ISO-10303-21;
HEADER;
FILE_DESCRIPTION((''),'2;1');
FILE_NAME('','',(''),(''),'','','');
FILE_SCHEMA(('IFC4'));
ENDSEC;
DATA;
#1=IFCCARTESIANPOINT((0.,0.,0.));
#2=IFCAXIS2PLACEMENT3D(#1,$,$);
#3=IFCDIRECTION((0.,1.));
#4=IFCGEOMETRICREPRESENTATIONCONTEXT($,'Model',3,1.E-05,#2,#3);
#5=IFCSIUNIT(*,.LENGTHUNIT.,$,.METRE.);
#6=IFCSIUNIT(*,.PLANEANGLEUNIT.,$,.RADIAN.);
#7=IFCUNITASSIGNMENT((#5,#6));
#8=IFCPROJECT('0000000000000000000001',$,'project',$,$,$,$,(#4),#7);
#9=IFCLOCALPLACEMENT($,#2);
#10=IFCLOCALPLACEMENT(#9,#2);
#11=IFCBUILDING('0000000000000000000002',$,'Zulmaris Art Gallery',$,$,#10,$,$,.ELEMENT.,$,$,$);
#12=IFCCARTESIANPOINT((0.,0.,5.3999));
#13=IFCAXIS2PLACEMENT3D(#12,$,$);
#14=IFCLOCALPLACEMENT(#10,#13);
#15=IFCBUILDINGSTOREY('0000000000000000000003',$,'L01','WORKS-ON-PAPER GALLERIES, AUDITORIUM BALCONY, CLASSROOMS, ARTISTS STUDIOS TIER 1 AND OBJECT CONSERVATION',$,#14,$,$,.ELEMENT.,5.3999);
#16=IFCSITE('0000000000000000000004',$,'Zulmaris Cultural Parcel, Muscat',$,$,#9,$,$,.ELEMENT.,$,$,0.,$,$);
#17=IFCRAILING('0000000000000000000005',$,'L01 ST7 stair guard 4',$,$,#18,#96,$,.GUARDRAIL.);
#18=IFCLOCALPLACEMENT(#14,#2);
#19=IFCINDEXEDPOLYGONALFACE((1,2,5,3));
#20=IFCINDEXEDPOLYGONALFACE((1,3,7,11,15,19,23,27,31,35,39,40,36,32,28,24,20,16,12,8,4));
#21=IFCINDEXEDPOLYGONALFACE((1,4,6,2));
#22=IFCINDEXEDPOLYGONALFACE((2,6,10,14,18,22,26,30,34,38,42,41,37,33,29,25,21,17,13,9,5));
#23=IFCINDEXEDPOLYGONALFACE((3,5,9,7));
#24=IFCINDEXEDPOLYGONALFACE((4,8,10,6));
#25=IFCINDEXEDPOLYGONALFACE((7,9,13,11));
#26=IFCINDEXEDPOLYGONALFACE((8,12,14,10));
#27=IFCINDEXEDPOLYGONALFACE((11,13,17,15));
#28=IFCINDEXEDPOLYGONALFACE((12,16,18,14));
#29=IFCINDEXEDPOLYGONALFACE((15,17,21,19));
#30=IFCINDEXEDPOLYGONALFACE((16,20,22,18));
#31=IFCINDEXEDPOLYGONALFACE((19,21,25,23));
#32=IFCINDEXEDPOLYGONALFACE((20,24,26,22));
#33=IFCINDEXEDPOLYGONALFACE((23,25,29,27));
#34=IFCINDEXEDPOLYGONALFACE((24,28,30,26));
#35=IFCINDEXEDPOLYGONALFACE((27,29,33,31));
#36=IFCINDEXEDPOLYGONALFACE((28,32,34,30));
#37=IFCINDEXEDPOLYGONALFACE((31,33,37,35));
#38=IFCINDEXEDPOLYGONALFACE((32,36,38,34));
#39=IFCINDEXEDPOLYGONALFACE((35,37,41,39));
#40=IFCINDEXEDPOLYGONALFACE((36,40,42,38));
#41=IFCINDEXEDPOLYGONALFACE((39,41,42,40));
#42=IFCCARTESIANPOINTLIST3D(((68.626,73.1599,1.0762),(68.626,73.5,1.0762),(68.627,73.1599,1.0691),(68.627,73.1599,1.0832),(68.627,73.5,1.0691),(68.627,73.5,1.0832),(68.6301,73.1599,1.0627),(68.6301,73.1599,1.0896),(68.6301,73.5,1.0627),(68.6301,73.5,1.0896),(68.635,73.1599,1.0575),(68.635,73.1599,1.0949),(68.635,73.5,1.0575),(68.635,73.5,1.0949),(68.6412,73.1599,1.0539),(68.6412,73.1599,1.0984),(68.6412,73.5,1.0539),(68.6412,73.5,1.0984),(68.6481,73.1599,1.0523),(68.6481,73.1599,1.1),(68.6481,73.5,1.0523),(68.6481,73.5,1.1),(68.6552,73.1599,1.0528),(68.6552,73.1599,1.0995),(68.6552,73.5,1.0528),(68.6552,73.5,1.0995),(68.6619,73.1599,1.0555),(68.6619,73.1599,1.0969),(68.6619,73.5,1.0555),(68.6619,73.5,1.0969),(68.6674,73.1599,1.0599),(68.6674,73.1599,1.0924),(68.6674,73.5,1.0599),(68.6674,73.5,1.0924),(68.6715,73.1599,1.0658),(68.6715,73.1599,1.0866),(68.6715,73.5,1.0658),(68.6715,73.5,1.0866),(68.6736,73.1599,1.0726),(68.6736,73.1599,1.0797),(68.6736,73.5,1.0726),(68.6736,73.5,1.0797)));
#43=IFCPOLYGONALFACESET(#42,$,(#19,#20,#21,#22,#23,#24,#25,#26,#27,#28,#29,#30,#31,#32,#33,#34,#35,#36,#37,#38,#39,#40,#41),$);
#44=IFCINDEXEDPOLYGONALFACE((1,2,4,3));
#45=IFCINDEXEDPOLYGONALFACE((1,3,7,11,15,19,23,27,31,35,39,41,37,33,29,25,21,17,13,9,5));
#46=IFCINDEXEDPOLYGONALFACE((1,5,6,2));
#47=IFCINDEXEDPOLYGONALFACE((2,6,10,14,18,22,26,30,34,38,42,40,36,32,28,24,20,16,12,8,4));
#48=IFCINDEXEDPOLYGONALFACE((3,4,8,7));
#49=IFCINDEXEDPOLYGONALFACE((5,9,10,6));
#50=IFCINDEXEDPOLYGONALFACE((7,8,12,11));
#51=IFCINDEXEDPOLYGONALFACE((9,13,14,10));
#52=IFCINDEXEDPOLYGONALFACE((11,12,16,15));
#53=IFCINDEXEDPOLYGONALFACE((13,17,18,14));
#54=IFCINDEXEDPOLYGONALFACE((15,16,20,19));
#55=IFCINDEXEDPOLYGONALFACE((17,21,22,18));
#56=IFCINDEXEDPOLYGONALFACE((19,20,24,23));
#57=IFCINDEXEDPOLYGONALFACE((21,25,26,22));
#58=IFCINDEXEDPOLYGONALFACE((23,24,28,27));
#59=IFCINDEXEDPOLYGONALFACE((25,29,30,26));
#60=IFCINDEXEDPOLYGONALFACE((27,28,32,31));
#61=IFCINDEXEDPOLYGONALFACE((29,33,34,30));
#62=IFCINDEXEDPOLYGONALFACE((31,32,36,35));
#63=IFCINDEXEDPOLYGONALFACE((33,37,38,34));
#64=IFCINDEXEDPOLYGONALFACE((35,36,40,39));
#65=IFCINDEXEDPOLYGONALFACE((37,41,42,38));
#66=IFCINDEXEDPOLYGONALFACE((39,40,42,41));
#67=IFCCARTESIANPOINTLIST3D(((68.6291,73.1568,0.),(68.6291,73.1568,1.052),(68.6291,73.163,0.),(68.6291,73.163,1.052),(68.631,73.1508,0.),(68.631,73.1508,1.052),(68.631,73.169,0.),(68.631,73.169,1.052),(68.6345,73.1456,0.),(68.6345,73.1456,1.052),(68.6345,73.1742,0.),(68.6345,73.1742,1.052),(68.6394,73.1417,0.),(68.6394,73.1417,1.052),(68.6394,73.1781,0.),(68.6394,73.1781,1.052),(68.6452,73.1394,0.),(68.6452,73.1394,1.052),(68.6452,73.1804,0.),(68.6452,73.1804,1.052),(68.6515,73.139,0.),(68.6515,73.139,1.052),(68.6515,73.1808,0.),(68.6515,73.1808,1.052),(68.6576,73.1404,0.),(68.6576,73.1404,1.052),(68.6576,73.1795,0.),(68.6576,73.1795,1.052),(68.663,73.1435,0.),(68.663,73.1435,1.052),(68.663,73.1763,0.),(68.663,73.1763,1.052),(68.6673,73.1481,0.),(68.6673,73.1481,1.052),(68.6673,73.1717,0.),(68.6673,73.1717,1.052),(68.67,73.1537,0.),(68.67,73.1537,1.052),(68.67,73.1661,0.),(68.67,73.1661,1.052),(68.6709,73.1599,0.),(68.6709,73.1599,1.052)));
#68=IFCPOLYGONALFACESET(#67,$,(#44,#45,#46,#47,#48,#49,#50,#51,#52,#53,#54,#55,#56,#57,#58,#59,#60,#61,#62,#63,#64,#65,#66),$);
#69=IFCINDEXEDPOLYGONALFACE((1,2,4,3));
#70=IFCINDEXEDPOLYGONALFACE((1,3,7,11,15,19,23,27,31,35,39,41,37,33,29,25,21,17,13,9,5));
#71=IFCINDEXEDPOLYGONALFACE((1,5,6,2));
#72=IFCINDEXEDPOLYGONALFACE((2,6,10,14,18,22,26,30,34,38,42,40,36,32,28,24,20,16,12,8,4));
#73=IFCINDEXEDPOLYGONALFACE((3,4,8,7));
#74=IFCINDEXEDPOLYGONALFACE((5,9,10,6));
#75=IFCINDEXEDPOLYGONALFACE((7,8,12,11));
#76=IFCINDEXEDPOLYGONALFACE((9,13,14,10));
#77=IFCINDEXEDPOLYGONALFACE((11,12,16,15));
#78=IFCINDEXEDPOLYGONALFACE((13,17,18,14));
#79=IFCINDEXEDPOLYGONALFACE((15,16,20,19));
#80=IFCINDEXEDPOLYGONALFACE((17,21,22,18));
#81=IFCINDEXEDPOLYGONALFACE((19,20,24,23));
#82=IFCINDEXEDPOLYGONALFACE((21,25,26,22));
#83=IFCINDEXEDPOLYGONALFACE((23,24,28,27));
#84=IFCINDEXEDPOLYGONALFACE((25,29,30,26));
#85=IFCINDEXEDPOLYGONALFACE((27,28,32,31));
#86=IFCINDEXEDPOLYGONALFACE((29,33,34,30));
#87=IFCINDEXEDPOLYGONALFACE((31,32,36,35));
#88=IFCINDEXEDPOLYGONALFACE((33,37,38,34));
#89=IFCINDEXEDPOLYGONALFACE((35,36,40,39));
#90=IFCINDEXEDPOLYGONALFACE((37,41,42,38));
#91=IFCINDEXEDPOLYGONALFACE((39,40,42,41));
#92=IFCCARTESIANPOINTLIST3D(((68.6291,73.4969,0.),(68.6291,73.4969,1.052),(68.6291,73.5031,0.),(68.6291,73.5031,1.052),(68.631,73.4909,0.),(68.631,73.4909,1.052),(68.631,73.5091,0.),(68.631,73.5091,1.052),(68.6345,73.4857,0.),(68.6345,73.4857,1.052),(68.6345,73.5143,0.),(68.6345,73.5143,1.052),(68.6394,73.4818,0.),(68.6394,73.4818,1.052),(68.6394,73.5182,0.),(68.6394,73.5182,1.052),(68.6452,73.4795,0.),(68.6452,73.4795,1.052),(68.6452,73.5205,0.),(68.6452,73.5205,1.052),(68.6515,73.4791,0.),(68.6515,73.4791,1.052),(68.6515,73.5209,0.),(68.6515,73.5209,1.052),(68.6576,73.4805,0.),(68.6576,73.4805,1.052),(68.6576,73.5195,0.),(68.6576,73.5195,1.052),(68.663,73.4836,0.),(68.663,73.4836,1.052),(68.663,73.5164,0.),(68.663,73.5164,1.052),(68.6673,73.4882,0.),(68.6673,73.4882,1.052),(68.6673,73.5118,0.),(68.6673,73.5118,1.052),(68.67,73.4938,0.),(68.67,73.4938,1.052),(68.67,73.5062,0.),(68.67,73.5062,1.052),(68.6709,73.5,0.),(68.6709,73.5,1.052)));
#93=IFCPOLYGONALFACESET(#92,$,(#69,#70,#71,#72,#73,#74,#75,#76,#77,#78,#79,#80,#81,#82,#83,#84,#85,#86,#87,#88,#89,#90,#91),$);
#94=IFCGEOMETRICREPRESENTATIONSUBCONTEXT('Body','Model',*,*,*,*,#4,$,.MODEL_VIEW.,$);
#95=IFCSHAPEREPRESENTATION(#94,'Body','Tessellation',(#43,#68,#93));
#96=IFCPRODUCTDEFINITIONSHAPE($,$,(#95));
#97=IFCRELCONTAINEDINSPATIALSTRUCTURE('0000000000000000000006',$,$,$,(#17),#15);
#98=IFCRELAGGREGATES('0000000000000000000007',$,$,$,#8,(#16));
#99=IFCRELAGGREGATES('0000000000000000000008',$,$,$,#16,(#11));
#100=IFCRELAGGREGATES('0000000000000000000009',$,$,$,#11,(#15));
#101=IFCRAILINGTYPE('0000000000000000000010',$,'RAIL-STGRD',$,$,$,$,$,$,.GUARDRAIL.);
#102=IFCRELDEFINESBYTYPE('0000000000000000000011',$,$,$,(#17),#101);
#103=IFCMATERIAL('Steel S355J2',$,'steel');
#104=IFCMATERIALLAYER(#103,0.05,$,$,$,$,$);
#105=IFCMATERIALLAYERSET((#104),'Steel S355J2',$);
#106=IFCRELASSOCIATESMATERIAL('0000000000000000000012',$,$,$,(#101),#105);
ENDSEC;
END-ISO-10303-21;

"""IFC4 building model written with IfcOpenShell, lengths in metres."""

from ifc_helpers import new_model, si_unit, direction, frame, origin, origin_2d, place, context, subcontext, project, spatial, circle, extrude, material, layer, layer_set, type_object, element, save


model = new_model("IFC4")

# Units and contexts
model_context = context("Model", 3, precision=1e-05, world=origin(), true_north=direction((0.0, 1.0)))
body_context = subcontext(model_context, "Body", "Model", "MODEL_VIEW")
ifc_project = project(units=[si_unit("LENGTHUNIT", "METRE"), si_unit("PLANEANGLEUNIT", "RADIAN")], contexts=[model_context])

# Site, building, storey
site_placement = place(None, origin())
site = spatial("IfcSite", under=ifc_project, at=site_placement, Name="Zulmaris Cultural Parcel, Muscat", CompositionType="ELEMENT", RefElevation=0.0)
building_placement = place(site_placement, origin())
building = spatial("IfcBuilding", under=site, at=building_placement, Name="Zulmaris Art Gallery", CompositionType="ELEMENT")
storey_placement = place(building_placement, frame((0.0, 0.0, 5.3999)))
storey = spatial("IfcBuildingStorey", under=building, at=storey_placement, Name="L01", Description="WORKS-ON-PAPER GALLERIES, AUDITORIUM BALCONY, CLASSROOMS, ARTISTS STUDIOS TIER 1 AND OBJECT CONSERVATION", CompositionType="ELEMENT", Elevation=5.3999)

# Shared definitions
ifc_material_1 = material(Name="Steel S355J2", Category="steel")

# Railing
ifc_layer_1 = layer(ifc_material_1, 0.05)
ifc_layer_set_1 = layer_set([ifc_layer_1], Name="Steel S355J2")
railing_type_1 = type_object("IfcRailingType", Name="RAIL-STGRD", PredefinedType="GUARDRAIL", material=ifc_layer_set_1)
railing_1_placement = place(storey_placement, frame((68.6499, 73.1599, 0.0)))
element("IfcRailing", 1, at=railing_1_placement, inside=storey, type_object=railing_type_1, Name="L01 ST7 stair guard 4", PredefinedType="GUARDRAIL", context=body_context, shape_type="SweptSolid", body=[
    extrude(circle(Radius=0.0239, at=origin_2d()), frame((0.0, 0.0, 1.0762), z_axis=(0.0, 1.0, 0.0), x_axis=(-1.0, 0.0, 0.0)), (0.0, 0.0, 1.0), 0.3401),
    extrude(circle(Radius=0.021, at=origin_2d()), origin(), (0.0, 0.0, 1.0), 1.052),
    extrude(circle(Radius=0.021, at=origin_2d()), frame((0.0, 0.3401, 0.0)), (0.0, 0.0, 1.0), 1.052),
])

save(model, "model.ifc")
